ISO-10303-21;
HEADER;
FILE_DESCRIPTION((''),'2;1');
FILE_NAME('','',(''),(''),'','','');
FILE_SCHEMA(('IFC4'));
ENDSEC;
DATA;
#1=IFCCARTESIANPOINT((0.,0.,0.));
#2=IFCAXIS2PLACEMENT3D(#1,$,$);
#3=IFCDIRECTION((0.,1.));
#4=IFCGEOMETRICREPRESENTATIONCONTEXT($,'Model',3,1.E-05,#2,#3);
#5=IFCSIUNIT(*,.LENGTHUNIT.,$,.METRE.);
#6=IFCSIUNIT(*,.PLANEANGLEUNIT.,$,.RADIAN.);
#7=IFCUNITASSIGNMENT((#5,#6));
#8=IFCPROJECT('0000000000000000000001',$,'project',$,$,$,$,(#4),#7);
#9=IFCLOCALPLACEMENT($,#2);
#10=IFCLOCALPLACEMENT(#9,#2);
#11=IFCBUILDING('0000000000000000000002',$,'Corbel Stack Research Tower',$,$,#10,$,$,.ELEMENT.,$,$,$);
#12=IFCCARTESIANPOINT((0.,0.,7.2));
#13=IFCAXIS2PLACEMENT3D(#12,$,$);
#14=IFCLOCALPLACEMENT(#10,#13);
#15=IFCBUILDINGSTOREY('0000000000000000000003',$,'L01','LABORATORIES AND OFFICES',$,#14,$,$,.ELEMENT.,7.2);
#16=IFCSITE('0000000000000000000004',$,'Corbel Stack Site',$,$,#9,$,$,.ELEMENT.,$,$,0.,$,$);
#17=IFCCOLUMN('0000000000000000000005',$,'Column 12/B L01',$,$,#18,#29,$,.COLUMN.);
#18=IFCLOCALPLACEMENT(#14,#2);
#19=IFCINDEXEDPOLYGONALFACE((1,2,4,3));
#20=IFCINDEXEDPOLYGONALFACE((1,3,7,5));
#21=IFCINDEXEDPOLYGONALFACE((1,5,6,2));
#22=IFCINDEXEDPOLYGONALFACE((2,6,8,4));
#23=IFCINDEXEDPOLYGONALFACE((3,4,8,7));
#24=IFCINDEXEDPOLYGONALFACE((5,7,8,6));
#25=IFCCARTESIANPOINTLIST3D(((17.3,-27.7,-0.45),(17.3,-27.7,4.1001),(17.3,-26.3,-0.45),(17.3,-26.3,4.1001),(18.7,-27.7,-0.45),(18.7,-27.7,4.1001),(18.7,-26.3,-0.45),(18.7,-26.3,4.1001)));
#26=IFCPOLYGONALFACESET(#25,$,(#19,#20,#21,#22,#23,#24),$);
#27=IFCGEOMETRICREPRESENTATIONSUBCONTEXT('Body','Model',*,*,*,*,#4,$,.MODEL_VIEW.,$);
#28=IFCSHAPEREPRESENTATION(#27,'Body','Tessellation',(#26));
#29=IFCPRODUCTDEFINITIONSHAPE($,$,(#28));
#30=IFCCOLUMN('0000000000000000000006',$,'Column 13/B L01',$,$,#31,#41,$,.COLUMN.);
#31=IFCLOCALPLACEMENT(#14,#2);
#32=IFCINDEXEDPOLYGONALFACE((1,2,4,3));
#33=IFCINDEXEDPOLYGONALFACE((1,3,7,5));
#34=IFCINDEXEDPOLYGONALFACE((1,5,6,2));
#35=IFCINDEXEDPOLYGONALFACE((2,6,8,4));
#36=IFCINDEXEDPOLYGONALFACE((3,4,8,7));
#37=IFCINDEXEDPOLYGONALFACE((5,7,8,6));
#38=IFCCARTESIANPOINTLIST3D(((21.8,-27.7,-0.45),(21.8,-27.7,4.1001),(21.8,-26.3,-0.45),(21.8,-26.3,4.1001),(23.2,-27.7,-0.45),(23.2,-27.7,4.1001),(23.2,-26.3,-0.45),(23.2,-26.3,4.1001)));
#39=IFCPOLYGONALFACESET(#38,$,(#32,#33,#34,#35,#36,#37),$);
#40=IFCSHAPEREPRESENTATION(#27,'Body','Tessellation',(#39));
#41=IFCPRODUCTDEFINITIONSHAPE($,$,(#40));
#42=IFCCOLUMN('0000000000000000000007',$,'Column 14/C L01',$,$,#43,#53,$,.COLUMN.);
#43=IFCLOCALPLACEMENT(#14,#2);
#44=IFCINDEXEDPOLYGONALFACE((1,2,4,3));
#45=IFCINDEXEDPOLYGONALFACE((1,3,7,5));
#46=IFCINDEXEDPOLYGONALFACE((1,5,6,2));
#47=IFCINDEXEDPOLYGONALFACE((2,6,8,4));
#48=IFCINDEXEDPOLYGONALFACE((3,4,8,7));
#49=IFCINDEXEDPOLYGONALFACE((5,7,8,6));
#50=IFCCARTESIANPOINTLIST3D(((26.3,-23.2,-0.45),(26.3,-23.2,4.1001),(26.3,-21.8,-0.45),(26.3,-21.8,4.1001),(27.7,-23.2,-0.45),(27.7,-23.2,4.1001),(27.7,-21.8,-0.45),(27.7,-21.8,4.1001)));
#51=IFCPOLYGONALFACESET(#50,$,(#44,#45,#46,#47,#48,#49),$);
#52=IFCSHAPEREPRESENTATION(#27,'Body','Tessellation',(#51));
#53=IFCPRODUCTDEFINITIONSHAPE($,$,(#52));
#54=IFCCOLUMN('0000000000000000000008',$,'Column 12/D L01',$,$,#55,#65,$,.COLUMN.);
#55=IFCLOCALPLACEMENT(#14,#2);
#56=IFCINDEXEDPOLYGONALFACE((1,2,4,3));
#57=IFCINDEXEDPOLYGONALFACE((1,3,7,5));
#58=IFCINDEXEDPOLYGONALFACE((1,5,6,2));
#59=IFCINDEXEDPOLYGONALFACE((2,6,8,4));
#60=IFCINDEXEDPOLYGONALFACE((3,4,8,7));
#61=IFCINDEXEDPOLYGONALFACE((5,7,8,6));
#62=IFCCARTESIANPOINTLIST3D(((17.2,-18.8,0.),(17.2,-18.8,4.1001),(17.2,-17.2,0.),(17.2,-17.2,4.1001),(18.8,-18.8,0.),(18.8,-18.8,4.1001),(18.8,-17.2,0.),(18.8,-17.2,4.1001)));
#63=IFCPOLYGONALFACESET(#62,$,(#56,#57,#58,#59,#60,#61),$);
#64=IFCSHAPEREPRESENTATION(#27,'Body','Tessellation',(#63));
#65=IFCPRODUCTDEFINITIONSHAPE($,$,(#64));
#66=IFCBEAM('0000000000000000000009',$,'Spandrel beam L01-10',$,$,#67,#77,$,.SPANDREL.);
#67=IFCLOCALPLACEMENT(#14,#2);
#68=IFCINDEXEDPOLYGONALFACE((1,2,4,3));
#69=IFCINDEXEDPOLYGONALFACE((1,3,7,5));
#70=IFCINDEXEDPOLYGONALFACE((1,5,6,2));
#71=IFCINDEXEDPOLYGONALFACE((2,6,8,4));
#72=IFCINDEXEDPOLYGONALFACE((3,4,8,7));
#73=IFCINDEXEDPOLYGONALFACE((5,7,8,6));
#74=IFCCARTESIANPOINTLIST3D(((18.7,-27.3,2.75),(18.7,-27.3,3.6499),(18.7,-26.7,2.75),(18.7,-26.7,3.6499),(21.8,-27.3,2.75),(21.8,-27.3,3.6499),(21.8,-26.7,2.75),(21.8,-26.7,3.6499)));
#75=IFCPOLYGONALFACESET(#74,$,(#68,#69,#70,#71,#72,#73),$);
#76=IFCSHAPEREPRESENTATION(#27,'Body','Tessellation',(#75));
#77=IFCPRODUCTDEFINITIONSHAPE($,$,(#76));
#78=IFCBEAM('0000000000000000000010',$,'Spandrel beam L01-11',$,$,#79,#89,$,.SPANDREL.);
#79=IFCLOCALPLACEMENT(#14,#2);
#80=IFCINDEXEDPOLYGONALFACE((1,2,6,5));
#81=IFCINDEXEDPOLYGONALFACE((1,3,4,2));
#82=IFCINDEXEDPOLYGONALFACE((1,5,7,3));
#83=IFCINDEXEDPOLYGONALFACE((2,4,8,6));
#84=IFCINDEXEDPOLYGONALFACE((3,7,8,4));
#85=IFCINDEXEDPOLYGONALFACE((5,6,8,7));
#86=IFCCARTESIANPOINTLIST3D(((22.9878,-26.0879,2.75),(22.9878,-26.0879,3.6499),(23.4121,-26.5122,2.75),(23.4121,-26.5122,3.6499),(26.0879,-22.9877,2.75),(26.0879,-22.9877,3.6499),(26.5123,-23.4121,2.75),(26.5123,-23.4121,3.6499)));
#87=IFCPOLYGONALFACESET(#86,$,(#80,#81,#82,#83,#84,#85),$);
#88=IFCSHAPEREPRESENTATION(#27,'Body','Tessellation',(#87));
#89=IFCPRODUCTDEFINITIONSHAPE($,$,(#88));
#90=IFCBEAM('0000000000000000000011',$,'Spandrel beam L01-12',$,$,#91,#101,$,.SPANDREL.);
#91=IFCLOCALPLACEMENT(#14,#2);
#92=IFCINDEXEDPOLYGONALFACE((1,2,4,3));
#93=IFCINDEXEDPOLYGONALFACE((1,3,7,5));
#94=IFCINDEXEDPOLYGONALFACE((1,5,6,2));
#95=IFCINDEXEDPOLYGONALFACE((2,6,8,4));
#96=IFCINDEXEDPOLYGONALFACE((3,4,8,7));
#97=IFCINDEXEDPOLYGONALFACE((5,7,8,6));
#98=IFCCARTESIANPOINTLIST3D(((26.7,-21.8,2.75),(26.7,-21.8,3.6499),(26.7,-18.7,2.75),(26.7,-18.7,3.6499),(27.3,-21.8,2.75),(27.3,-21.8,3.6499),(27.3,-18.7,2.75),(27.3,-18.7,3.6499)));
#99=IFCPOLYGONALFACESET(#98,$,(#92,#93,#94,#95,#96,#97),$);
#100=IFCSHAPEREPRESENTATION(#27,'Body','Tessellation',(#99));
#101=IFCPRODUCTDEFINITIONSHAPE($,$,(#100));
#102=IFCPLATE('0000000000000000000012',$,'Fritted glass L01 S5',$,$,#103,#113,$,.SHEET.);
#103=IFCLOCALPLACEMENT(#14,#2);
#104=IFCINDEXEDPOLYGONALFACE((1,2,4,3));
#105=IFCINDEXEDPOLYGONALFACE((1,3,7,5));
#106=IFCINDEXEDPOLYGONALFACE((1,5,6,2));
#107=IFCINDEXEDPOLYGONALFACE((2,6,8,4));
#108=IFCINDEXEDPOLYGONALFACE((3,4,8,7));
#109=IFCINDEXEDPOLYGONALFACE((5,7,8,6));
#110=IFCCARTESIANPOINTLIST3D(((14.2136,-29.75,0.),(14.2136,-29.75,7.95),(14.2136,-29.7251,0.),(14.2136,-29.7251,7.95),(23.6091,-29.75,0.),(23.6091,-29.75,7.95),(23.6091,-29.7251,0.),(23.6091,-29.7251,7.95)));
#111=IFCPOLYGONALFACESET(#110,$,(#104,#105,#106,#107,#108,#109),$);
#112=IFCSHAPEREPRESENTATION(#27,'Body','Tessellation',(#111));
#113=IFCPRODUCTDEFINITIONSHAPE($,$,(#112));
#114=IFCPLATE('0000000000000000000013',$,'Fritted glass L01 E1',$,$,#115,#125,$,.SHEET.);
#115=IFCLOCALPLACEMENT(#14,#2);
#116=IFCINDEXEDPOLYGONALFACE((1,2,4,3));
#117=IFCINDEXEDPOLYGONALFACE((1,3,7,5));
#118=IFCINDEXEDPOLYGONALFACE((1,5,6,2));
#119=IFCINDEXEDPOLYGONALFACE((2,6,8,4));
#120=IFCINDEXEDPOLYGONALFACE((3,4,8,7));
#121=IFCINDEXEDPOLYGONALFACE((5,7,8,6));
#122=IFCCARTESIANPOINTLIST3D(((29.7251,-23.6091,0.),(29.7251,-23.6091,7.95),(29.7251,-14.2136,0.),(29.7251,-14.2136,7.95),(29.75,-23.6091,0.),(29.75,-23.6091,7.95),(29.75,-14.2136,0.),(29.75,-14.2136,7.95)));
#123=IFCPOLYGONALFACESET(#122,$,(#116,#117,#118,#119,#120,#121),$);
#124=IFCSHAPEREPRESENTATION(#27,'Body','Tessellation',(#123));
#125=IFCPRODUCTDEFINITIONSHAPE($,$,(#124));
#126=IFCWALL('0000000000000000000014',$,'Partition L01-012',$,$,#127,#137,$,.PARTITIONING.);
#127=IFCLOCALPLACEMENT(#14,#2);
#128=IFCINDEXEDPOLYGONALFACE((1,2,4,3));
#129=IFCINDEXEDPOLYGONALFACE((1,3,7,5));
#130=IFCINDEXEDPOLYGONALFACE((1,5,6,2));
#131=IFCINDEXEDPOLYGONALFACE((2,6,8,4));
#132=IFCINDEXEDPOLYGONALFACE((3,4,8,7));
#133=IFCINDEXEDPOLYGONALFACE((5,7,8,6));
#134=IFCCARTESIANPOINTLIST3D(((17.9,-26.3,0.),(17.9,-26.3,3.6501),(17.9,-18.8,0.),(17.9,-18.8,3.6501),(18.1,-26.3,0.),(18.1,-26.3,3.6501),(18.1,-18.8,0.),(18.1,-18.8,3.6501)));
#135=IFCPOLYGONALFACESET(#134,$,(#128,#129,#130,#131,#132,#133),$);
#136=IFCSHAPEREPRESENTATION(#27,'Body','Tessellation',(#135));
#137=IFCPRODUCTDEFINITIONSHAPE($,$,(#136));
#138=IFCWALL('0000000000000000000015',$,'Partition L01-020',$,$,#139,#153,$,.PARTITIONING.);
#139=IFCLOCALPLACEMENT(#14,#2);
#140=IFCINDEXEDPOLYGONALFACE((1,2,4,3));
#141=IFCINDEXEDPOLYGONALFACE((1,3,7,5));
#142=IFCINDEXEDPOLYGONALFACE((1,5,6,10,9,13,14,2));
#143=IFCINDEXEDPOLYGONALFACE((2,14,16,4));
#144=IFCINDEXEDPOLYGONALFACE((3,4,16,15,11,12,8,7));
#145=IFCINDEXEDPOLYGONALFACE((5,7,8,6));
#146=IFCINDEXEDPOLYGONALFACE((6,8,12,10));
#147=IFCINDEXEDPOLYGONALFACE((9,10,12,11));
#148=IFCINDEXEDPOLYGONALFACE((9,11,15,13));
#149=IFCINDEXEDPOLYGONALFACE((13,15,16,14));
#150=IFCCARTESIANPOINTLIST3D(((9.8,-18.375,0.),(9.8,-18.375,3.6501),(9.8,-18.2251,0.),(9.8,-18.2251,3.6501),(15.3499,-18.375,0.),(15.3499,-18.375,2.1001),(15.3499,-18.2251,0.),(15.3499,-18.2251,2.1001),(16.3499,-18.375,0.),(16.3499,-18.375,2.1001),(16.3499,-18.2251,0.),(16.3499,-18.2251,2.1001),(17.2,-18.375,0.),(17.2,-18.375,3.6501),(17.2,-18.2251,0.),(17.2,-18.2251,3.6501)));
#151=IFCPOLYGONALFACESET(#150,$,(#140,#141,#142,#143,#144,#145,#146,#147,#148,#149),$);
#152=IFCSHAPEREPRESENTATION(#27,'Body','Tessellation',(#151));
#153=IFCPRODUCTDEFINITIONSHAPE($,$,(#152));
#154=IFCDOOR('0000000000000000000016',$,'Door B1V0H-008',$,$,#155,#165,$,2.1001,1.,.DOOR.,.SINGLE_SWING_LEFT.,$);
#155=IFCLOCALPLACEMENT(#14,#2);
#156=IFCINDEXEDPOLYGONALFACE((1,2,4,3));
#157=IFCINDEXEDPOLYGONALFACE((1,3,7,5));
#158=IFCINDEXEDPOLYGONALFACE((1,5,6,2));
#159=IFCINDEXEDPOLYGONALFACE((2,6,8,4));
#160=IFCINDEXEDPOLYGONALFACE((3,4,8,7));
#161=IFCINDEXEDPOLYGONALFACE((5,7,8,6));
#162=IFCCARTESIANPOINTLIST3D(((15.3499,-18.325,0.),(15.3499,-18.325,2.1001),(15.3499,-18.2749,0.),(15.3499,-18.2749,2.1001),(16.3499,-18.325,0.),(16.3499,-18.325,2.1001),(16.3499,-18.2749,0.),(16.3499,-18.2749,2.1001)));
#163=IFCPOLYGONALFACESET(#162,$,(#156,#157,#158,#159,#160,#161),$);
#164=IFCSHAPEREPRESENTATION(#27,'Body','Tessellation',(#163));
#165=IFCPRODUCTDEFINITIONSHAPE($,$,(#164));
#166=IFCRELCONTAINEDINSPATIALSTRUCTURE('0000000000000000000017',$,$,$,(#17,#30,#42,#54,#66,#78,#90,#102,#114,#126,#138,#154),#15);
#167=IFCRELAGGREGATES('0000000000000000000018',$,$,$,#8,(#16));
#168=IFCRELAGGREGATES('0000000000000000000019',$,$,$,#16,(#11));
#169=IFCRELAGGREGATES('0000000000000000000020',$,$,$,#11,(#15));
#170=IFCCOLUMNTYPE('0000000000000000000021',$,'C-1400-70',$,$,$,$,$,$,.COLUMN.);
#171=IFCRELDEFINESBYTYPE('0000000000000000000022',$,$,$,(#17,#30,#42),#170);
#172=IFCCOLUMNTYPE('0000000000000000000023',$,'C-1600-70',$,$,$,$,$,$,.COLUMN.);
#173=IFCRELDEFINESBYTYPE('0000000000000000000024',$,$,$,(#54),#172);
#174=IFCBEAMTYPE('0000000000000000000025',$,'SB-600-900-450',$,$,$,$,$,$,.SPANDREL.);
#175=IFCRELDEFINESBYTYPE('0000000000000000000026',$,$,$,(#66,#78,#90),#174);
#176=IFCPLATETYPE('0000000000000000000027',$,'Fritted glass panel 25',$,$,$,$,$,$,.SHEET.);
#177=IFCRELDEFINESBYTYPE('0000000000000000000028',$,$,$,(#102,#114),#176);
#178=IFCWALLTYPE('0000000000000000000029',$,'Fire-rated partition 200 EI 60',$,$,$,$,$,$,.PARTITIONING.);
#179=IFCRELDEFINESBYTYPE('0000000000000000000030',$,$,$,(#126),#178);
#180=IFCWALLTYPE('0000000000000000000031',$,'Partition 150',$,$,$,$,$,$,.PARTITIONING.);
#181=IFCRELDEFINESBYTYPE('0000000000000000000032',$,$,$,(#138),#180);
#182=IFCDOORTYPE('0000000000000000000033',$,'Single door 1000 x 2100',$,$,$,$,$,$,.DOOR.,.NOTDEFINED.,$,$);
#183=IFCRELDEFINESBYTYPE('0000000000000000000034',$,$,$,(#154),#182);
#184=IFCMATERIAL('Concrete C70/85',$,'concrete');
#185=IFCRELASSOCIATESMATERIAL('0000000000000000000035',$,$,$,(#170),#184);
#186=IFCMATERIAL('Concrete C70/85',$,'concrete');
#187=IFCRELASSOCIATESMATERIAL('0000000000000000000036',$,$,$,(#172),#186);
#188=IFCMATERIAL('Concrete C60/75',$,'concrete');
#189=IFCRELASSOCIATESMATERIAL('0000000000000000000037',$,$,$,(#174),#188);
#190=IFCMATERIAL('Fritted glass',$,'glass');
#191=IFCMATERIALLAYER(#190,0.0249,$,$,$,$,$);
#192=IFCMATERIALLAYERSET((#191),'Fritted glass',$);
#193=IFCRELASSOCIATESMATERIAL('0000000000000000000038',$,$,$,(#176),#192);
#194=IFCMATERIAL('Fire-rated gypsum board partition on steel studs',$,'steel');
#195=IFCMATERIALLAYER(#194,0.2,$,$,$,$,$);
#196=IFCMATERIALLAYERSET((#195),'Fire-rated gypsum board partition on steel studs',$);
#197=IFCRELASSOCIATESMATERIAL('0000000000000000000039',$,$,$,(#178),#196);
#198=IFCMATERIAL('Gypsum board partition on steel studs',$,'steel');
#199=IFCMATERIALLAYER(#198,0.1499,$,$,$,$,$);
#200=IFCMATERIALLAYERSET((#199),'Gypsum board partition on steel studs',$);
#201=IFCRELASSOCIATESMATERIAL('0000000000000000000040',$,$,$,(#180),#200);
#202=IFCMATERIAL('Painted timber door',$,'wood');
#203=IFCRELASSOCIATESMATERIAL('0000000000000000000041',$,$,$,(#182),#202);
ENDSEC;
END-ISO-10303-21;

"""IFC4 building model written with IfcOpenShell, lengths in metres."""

from ifc_helpers import new_model, si_unit, direction, frame, frame_2d, origin, origin_2d, place, context, subcontext, project, spatial, rectangle, extrude, material, layer, layer_set, material_profile, profile_set, type_object, element, fill, save


model = new_model("IFC4")

# Units and contexts
model_context = context("Model", 3, precision=1e-05, world=origin(), true_north=direction((0.0, 1.0)))
body_context = subcontext(model_context, "Body", "Model", "MODEL_VIEW")
ifc_project = project(units=[si_unit("LENGTHUNIT", "METRE"), si_unit("PLANEANGLEUNIT", "RADIAN")], contexts=[model_context])

# Site, building, storey
site_placement = place(None, origin())
site = spatial("IfcSite", under=ifc_project, at=site_placement, Name="Corbel Stack Site", CompositionType="ELEMENT", RefElevation=0.0)
building_placement = place(site_placement, origin())
building = spatial("IfcBuilding", under=site, at=building_placement, Name="Corbel Stack Research Tower", CompositionType="ELEMENT")
storey_placement = place(building_placement, frame((0.0, 0.0, 7.2)))
storey = spatial("IfcBuildingStorey", under=building, at=storey_placement, Name="L01", Description="LABORATORIES AND OFFICES", CompositionType="ELEMENT", Elevation=7.2)

# Columns
ifc_material_1 = material(Name="Concrete C70/85", Category="concrete")
ifc_material_profile_1 = material_profile(ifc_material_1, rectangle(XDim=1.3999, YDim=1.3999, at=origin_2d()), Name="RC 1400 x 1400")
ifc_profile_set_1 = profile_set([ifc_material_profile_1], Name="Concrete C70/85")
column_type_1 = type_object("IfcColumnType", Name="C-1400-70", PredefinedType="COLUMN", material=ifc_profile_set_1)
for number, where, z_axis, x_axis, name in (
    (1, (18.0, -27.0, -0.45), (0.0, 0.0, 1.0), (1.0, 0.0, 0.0), "Column 12/B L01"),
    (2, (22.5, -27.0, -0.45), (0.0, 0.0, 1.0), (1.0, 0.0, 0.0), "Column 13/B L01"),
    (3, (27.0, -22.5, -0.45), (0.0, 0.0, 1.0), (1.0, 0.0, 0.0), "Column 14/C L01"),
):
    element("IfcColumn", number, at=place(storey_placement, frame(where, z_axis=z_axis, x_axis=x_axis)), inside=storey, type_object=column_type_1, Name=name, PredefinedType="COLUMN", context=body_context, shape_type="SweptSolid", body=[
        extrude(rectangle(XDim=1.3999, YDim=1.3999, at=origin_2d()), origin(), (0.0, 0.0, 1.0), 4.55),
    ])
ifc_material_2 = material(Name="Concrete C70/85", Category="concrete")
ifc_material_profile_2 = material_profile(ifc_material_2, rectangle(XDim=1.6001, YDim=1.6001, at=origin_2d()), Name="RC 1600 x 1600")
ifc_profile_set_2 = profile_set([ifc_material_profile_2], Name="Concrete C70/85")
column_type_2 = type_object("IfcColumnType", Name="C-1600-70", PredefinedType="COLUMN", material=ifc_profile_set_2)
column_placement = place(storey_placement, frame((18.0, -18.0, 0.0), z_axis=(0.0, 0.0, 1.0), x_axis=(1.0, 0.0, 0.0)))
element("IfcColumn", 4, at=column_placement, inside=storey, type_object=column_type_2, Name="Column 12/D L01", PredefinedType="COLUMN", context=body_context, shape_type="SweptSolid", body=[
    extrude(rectangle(XDim=1.6001, YDim=1.6001, at=origin_2d()), origin(), (0.0, 0.0, 1.0), 4.1001),
])

# Beams
ifc_material_3 = material(Name="Concrete C60/75", Category="concrete")
ifc_material_profile_3 = material_profile(ifc_material_3, rectangle(XDim=0.6001, YDim=0.8999, at=origin_2d()), Name="RC 600 x 900")
ifc_profile_set_3 = profile_set([ifc_material_profile_3], Name="Concrete C60/75")
beam_type = type_object("IfcBeamType", Name="SB-600-900-450", PredefinedType="SPANDREL", material=ifc_profile_set_3)
beam_1_placement = place(storey_placement, frame((18.7, -27.0, 3.2), z_axis=(1.0, 0.0, 0.0), x_axis=(0.0, 1.0, 0.0)))
element("IfcBeam", 5, at=beam_1_placement, inside=storey, type_object=beam_type, Name="Spandrel beam L01-10", PredefinedType="SPANDREL", context=body_context, shape_type="SweptSolid", body=[
    extrude(rectangle(XDim=0.6001, YDim=0.8999, at=origin_2d()), origin(), (0.0, 0.0, 1.0), 3.1001),
])
beam_2_placement = place(storey_placement, frame((23.2, -26.3, 3.2), z_axis=(0.707107, 0.707107, 0.0), x_axis=(-0.707107, 0.707107, 0.0)))
element("IfcBeam", 6, at=beam_2_placement, inside=storey, type_object=beam_type, Name="Spandrel beam L01-11", PredefinedType="SPANDREL", context=body_context, shape_type="SweptSolid", body=[
    extrude(rectangle(XDim=0.6001, YDim=0.8999, at=origin_2d()), origin(), (0.0, 0.0, 1.0), 4.3843),
])
beam_3_placement = place(storey_placement, frame((27.0, -21.8, 3.2), z_axis=(0.0, 1.0, 0.0), x_axis=(-1.0, 0.0, 0.0)))
element("IfcBeam", 7, at=beam_3_placement, inside=storey, type_object=beam_type, Name="Spandrel beam L01-12", PredefinedType="SPANDREL", context=body_context, shape_type="SweptSolid", body=[
    extrude(rectangle(XDim=0.6001, YDim=0.8999, at=origin_2d()), origin(), (0.0, 0.0, 1.0), 3.1001),
])

# Plates
ifc_material_4 = material(Name="Fritted glass", Category="glass")
ifc_layer_1 = layer(ifc_material_4, 0.0249)
ifc_layer_set_1 = layer_set([ifc_layer_1], Name="Fritted glass")
plate_type = type_object("IfcPlateType", Name="Fritted glass panel 25", PredefinedType="SHEET", material=ifc_layer_set_1)
for number, where, z_axis, x_axis, name in (
    (8, (18.9114, -29.7375, 0.0), (0.0, 0.0, 1.0), (1.0, 0.0, 0.0), "Fritted glass L01 S5"),
    (9, (29.7375, -18.9114, 0.0), (0.0, 0.0, 1.0), (0.0, 1.0, 0.0), "Fritted glass L01 E1"),
):
    element("IfcPlate", number, at=place(storey_placement, frame(where, z_axis=z_axis, x_axis=x_axis)), inside=storey, type_object=plate_type, Name=name, PredefinedType="SHEET", context=body_context, shape_type="SweptSolid", body=[
        extrude(rectangle(XDim=9.3955, YDim=0.0249, at=origin_2d()), origin(), (0.0, 0.0, 1.0), 7.95),
    ])

# Wall
ifc_material_5 = material(Name="Fire-rated gypsum board partition on steel studs", Category="steel")
ifc_layer_2 = layer(ifc_material_5, 0.2)
ifc_layer_set_2 = layer_set([ifc_layer_2], Name="Fire-rated gypsum board partition on steel studs")
wall_type_1 = type_object("IfcWallType", Name="Fire-rated partition 200 EI 60", PredefinedType="PARTITIONING", material=ifc_layer_set_2)
wall_1_placement = place(storey_placement, frame((18.0, -26.3, 0.0), z_axis=(0.0, 0.0, 1.0), x_axis=(0.0, 1.0, 0.0)))
element("IfcWall", 10, at=wall_1_placement, inside=storey, type_object=wall_type_1, Name="Partition L01-012", PredefinedType="PARTITIONING", context=body_context, shape_type="SweptSolid", body=[
    extrude(rectangle(XDim=7.5, YDim=0.2, at=frame_2d((3.75, 0.0))), origin(), (0.0, 0.0, 1.0), 3.6501),
])

# Wall, opening, door
ifc_material_6 = material(Name="Gypsum board partition on steel studs", Category="steel")
ifc_layer_3 = layer(ifc_material_6, 0.1499)
ifc_layer_set_3 = layer_set([ifc_layer_3], Name="Gypsum board partition on steel studs")
wall_type_2 = type_object("IfcWallType", Name="Partition 150", PredefinedType="PARTITIONING", material=ifc_layer_set_3)
wall_2_placement = place(storey_placement, frame((17.2, -18.3, 0.0), z_axis=(0.0, 0.0, 1.0), x_axis=(-1.0, 0.0, 0.0)))
wall_2 = element("IfcWall", 11, at=wall_2_placement, inside=storey, type_object=wall_type_2, Name="Partition L01-020", PredefinedType="PARTITIONING", context=body_context, shape_type="SweptSolid", body=[
    extrude(rectangle(XDim=7.3999, YDim=0.1499, at=frame_2d((3.7, 0.0))), origin(), (0.0, 0.0, 1.0), 3.6501),
])
opening_1_placement = place(wall_2_placement, frame((0.8501, 0.0, 0.0)))
opening_1 = element("IfcOpeningElement", 12, at=opening_1_placement, cuts=wall_2, PredefinedType="OPENING", context=body_context, shape_type="SweptSolid", body=[
    extrude(rectangle(XDim=1.0, YDim=2.1001, at=frame_2d((0.5, 1.05))), frame((0.0, 0.085, 0.0), z_axis=(0.0, -1.0, 0.0), x_axis=(1.0, 0.0, 0.0)), (0.0, 0.0, 1.0), 0.1699),
])
ifc_material_7 = material(Name="Painted timber door", Category="wood")
door_type_1 = type_object("IfcDoorType", Name="Single door 1000 x 2100", OperationType="NOTDEFINED", PredefinedType="DOOR", material=ifc_material_7)
door_1_placement = place(opening_1_placement, origin())
door_1 = element("IfcDoor", 13, at=door_1_placement, inside=storey, type_object=door_type_1, Name="Door B1V0H-008", OperationType="SINGLE_SWING_LEFT", OverallHeight=2.1001, OverallWidth=1.0, PredefinedType="DOOR", context=body_context, shape_type="SweptSolid", body=[
    extrude(rectangle(XDim=1.0, YDim=2.1001, at=frame_2d((0.5, 1.05))), frame((0.0, 0.0249, 0.0), z_axis=(0.0, -1.0, 0.0), x_axis=(1.0, 0.0, 0.0)), (0.0, 0.0, 1.0), 0.05),
])
fill(opening_1, door_1)

save(model, "model.ifc")
